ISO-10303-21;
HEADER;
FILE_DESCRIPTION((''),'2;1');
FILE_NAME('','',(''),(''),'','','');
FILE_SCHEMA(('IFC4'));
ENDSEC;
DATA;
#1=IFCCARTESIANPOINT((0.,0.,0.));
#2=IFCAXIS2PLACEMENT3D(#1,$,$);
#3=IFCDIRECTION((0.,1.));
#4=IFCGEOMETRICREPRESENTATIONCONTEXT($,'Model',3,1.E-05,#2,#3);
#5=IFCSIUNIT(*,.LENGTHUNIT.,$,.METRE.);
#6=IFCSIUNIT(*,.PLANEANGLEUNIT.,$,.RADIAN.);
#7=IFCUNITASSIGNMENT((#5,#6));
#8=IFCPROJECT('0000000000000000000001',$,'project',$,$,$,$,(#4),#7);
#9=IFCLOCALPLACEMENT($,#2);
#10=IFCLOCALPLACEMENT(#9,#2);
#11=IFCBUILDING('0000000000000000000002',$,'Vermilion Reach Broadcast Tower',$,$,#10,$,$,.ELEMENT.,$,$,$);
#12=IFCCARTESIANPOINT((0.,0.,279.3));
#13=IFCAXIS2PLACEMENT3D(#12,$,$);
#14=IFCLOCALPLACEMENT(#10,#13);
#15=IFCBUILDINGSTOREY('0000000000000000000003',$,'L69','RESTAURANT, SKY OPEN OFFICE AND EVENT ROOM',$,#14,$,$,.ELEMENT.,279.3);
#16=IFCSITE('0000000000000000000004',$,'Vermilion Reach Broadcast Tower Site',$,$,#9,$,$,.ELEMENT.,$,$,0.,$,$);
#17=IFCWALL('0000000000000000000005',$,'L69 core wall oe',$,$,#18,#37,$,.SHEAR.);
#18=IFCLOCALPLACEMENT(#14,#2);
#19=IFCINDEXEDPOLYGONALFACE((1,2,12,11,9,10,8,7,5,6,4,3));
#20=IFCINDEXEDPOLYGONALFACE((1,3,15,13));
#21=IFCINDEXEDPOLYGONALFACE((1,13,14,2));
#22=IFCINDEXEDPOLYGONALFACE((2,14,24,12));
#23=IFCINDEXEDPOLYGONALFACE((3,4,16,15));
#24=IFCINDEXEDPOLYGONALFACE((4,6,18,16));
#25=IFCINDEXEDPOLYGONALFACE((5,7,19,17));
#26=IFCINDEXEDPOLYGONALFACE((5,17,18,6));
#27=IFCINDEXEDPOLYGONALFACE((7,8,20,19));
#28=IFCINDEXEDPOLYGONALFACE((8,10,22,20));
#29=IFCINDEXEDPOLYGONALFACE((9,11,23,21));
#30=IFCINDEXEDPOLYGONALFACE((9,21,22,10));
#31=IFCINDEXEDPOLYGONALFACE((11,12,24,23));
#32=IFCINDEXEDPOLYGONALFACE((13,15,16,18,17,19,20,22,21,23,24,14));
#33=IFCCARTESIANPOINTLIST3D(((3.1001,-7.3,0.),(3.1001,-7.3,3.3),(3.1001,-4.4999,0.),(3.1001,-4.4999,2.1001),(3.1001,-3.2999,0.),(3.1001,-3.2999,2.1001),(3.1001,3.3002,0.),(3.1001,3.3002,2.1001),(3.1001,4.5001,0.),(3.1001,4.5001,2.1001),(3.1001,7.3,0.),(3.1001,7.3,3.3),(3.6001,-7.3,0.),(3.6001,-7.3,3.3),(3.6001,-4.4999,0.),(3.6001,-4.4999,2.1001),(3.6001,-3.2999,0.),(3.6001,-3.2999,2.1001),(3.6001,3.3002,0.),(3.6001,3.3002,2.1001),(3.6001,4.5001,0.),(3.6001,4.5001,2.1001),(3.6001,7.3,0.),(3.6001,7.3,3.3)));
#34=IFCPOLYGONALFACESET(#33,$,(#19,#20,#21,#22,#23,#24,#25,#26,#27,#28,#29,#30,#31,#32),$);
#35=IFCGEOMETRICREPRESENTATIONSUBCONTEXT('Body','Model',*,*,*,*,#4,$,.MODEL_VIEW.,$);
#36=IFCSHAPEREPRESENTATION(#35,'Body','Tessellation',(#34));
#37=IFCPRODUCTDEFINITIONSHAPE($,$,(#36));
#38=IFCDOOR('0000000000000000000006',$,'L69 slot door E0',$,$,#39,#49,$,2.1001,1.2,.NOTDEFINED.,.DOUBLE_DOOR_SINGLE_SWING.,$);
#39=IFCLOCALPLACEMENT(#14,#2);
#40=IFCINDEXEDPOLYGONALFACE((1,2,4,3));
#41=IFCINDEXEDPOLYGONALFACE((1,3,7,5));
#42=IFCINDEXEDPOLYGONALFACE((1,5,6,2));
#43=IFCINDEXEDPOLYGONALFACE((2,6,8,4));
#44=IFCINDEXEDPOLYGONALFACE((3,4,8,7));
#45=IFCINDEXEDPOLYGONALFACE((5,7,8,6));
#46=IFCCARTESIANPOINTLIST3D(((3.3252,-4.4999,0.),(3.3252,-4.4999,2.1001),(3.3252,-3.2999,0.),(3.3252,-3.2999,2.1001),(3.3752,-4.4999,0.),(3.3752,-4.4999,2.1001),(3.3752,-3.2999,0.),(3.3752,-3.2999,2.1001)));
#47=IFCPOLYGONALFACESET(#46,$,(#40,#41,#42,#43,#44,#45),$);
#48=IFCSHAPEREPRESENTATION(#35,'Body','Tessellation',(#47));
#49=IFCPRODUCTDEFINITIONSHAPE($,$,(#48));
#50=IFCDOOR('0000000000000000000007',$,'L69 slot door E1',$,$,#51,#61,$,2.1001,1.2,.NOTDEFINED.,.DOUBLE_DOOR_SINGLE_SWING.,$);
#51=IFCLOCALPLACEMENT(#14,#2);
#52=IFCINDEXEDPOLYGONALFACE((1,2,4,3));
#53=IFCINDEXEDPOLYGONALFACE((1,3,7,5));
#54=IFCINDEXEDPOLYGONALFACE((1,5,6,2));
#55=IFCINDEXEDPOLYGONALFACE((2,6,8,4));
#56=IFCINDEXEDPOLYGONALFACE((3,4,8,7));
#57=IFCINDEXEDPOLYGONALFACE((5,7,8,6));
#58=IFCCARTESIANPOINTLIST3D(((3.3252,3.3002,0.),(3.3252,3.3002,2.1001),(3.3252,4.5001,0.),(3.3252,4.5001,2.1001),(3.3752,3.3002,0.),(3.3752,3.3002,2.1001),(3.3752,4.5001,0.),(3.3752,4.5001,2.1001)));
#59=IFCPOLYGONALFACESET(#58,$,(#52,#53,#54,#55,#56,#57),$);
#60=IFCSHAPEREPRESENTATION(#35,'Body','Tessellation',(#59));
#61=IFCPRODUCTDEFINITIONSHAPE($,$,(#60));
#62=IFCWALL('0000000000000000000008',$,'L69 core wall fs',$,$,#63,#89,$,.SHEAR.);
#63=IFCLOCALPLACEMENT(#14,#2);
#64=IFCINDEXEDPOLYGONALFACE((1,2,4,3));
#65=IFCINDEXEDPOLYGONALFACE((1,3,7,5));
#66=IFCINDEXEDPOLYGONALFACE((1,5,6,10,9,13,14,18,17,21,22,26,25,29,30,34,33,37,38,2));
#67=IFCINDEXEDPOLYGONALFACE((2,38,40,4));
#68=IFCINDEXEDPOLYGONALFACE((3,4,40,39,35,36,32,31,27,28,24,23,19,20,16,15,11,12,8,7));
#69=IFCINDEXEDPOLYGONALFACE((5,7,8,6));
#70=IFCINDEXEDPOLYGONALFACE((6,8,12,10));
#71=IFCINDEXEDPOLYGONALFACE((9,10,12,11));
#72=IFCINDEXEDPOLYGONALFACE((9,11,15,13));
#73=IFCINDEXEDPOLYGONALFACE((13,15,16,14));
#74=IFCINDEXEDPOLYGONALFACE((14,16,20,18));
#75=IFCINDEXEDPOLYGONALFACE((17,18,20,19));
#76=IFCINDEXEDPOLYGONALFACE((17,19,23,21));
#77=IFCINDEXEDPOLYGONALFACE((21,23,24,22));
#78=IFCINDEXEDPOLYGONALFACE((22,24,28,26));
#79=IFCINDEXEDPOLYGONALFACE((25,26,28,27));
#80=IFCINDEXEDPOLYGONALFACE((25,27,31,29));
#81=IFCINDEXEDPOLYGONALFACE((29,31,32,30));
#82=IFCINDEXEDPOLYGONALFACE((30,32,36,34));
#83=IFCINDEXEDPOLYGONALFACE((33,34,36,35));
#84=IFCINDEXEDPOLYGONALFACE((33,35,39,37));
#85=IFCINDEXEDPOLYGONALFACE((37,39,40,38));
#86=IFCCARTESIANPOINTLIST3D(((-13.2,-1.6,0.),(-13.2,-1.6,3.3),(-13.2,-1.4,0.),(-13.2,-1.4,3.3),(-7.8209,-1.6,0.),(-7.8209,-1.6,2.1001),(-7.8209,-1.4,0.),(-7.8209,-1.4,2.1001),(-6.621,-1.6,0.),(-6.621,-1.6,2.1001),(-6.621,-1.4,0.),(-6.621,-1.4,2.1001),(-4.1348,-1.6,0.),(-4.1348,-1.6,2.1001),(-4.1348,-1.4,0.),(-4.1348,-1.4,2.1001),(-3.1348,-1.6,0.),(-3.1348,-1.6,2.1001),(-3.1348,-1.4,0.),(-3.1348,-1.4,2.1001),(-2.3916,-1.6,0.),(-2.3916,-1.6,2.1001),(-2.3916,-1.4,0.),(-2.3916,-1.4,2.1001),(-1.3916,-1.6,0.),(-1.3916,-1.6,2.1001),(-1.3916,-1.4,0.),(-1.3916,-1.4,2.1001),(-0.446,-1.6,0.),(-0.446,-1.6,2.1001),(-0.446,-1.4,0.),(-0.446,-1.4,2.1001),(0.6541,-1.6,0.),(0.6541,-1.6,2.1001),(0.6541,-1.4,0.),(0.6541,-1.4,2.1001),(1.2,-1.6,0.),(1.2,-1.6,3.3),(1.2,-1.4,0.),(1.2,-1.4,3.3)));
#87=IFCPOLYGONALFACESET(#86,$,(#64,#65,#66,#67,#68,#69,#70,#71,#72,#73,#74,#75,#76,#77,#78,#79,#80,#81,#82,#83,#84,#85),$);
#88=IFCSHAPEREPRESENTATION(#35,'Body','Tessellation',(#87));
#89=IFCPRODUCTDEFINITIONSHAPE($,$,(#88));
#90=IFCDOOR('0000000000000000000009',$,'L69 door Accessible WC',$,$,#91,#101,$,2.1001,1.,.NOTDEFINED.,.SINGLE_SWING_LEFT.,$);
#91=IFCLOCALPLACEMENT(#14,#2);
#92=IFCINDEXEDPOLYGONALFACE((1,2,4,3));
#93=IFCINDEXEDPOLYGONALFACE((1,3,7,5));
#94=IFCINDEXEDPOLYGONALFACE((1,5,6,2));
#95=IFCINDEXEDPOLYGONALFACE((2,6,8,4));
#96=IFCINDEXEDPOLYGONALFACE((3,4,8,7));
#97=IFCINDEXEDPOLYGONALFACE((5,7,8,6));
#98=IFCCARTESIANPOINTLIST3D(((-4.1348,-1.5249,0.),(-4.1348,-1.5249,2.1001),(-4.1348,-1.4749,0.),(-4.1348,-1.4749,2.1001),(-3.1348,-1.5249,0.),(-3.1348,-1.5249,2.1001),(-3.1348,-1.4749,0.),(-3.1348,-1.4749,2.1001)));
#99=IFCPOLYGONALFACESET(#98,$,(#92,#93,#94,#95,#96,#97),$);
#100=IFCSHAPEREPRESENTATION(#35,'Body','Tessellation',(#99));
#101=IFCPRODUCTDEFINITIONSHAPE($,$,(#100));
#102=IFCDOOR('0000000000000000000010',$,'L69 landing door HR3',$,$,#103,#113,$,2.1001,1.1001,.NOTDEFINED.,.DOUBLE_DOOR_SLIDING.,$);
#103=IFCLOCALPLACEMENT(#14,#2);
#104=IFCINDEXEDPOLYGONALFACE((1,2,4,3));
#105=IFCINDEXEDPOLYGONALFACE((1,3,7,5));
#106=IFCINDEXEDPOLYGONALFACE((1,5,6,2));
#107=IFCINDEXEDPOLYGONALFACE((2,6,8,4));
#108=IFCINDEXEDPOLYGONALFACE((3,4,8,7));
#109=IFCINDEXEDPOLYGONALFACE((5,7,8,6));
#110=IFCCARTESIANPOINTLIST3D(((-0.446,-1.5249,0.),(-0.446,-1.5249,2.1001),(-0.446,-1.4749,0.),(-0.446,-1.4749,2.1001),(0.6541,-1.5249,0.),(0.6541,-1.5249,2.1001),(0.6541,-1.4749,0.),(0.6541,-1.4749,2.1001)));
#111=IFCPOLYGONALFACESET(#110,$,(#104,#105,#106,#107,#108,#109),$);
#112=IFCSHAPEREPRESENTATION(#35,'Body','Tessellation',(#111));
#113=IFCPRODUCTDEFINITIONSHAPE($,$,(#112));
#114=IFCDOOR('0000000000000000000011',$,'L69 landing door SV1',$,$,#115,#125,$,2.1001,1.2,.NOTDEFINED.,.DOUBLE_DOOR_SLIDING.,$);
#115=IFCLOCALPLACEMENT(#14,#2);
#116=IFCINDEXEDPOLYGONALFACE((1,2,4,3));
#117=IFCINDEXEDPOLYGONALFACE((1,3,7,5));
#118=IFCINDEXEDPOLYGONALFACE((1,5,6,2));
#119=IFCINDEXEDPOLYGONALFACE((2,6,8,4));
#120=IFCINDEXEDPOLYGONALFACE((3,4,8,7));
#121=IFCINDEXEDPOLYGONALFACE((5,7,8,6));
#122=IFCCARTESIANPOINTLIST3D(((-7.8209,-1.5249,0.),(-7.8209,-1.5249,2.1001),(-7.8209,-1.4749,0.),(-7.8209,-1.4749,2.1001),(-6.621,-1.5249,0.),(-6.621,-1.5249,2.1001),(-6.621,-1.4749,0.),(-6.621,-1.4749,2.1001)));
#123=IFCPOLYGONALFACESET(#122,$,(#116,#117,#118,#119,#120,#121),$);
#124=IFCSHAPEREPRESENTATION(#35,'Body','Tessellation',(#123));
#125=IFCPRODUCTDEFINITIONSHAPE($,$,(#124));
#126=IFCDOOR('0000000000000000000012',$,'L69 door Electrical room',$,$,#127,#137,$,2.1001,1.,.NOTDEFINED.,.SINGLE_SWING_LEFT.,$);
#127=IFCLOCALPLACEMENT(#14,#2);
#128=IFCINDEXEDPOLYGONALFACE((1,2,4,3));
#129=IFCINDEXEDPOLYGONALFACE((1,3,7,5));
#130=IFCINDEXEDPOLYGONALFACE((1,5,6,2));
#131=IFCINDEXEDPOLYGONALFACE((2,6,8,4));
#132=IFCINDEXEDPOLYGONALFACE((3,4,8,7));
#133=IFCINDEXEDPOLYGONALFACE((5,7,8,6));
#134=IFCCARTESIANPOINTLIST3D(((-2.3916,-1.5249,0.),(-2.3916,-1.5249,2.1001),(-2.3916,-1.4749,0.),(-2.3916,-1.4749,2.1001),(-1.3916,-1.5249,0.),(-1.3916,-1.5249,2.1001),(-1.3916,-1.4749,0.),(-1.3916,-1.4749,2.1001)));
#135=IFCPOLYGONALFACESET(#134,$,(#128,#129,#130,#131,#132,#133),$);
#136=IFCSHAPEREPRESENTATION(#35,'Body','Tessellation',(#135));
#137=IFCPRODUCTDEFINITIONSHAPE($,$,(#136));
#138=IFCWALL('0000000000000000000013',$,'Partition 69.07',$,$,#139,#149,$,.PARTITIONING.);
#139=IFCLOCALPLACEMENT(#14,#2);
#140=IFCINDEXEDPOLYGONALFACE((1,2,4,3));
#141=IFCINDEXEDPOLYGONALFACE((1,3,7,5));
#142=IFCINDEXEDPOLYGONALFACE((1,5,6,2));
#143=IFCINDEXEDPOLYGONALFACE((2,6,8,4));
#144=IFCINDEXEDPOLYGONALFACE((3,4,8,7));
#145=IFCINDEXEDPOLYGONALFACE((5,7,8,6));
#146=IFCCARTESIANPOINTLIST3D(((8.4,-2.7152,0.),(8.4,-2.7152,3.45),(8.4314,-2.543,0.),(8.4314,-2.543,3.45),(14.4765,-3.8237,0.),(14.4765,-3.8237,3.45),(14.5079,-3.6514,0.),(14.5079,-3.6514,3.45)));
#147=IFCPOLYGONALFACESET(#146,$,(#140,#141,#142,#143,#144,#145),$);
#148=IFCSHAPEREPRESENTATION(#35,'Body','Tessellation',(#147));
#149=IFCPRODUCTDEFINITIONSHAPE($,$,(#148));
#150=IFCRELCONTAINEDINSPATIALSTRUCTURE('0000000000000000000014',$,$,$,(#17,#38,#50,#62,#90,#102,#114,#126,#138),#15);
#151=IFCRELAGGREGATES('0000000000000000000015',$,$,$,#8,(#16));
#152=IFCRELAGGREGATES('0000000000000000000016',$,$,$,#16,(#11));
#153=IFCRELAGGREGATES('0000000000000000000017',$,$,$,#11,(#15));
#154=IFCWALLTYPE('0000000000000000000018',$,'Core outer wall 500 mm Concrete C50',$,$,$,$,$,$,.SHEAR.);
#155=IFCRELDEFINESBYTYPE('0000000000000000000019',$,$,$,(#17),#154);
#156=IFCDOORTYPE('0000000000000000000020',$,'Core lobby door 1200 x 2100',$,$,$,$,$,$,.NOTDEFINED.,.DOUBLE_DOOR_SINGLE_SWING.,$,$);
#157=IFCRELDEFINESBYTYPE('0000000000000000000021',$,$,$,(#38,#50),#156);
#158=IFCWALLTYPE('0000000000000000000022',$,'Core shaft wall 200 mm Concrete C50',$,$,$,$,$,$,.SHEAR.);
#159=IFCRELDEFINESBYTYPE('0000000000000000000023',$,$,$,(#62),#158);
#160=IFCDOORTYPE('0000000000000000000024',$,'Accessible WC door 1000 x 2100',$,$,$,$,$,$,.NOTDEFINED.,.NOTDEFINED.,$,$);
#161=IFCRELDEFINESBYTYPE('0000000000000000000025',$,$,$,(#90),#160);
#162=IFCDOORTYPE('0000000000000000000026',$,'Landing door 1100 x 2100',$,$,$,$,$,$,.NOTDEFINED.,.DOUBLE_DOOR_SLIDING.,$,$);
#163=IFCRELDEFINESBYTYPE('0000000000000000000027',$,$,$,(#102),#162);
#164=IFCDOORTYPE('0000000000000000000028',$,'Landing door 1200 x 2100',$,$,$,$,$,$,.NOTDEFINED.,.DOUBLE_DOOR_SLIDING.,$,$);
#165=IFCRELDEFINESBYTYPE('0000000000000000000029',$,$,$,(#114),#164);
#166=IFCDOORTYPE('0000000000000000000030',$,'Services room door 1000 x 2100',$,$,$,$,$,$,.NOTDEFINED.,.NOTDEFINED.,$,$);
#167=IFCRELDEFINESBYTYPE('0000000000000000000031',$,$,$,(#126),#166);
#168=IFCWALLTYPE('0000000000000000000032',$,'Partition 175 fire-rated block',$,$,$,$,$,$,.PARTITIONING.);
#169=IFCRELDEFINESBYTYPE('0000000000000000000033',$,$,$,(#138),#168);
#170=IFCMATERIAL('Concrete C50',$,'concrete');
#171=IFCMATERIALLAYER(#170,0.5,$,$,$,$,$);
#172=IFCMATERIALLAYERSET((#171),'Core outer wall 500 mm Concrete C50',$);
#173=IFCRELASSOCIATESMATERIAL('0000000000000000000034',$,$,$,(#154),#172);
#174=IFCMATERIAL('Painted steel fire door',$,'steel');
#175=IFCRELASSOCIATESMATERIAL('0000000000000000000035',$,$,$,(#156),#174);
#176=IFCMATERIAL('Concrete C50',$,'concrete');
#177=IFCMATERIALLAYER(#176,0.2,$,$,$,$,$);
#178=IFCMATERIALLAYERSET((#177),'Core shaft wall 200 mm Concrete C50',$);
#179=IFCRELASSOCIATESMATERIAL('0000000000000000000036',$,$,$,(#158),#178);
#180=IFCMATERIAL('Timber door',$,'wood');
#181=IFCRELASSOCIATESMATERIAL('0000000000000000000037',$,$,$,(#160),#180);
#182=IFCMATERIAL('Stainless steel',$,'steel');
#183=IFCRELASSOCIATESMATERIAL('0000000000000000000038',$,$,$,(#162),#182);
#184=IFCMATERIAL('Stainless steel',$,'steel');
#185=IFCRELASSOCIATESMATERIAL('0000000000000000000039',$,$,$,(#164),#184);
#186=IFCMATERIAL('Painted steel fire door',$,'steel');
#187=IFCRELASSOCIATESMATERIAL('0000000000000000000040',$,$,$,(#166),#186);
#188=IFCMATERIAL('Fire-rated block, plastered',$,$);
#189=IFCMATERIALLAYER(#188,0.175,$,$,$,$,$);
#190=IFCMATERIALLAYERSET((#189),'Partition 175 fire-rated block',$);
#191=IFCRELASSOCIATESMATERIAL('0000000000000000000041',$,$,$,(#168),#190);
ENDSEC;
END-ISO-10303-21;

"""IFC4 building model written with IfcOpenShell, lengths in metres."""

from ifc_helpers import new_model, si_unit, direction, frame, frame_2d, origin, place, context, subcontext, project, spatial, rectangle, extrude, material, layer, layer_set, type_object, element, fill, save


model = new_model("IFC4")

# Units and contexts
model_context = context("Model", 3, precision=1e-05, world=origin(), true_north=direction((0.0, 1.0)))
body_context = subcontext(model_context, "Body", "Model", "MODEL_VIEW")
ifc_project = project(units=[si_unit("LENGTHUNIT", "METRE"), si_unit("PLANEANGLEUNIT", "RADIAN")], contexts=[model_context])

# Site, building, storey
site_placement = place(None, origin())
site = spatial("IfcSite", under=ifc_project, at=site_placement, Name="Vermilion Reach Broadcast Tower Site", CompositionType="ELEMENT", RefElevation=0.0)
building_placement = place(site_placement, origin())
building = spatial("IfcBuilding", under=site, at=building_placement, Name="Vermilion Reach Broadcast Tower", CompositionType="ELEMENT")
storey_placement = place(building_placement, frame((0.0, 0.0, 279.3)))
storey = spatial("IfcBuildingStorey", under=building, at=storey_placement, Name="L69", Description="RESTAURANT, SKY OPEN OFFICE AND EVENT ROOM", CompositionType="ELEMENT", Elevation=279.3)

# Walls, openings, doors
ifc_material_1 = material(Name="Concrete C50", Category="concrete")
ifc_layer_1 = layer(ifc_material_1, 0.5)
ifc_layer_set_1 = layer_set([ifc_layer_1], Name="Core outer wall 500 mm Concrete C50")
wall_type_1 = type_object("IfcWallType", Name="Core outer wall 500 mm Concrete C50", PredefinedType="SHEAR", material=ifc_layer_set_1)
wall_1_placement = place(storey_placement, frame((3.3501, -7.3, 0.0), z_axis=(0.0, 0.0, 1.0), x_axis=(0.0, 1.0, 0.0)))
wall_1 = element("IfcWall", 1, at=wall_1_placement, inside=storey, type_object=wall_type_1, Name="L69 core wall oe", PredefinedType="SHEAR", context=body_context, shape_type="SweptSolid", body=[
    extrude(rectangle(XDim=14.6001, YDim=0.5, at=frame_2d((7.3, 0.0))), origin(), (0.0, 0.0, 1.0), 3.3),
])
opening_1_placement = place(wall_1_placement, frame((2.8, 0.0, 0.0)))
opening_1 = element("IfcOpeningElement", 2, at=opening_1_placement, cuts=wall_1, PredefinedType="OPENING", context=body_context, shape_type="SweptSolid", body=[
    extrude(rectangle(XDim=1.2, YDim=2.1001, at=frame_2d((0.6001, 1.05))), frame((0.0, 0.26, 0.0), z_axis=(0.0, -1.0, 0.0), x_axis=(1.0, 0.0, 0.0)), (0.0, 0.0, 1.0), 0.52),
])
opening_2_placement = place(wall_1_placement, frame((10.6001, 0.0, 0.0)))
opening_2 = element("IfcOpeningElement", 3, at=opening_2_placement, cuts=wall_1, PredefinedType="OPENING", context=body_context, shape_type="SweptSolid", body=[
    extrude(rectangle(XDim=1.2, YDim=2.1001, at=frame_2d((0.6001, 1.05))), frame((0.0, 0.26, 0.0), z_axis=(0.0, -1.0, 0.0), x_axis=(1.0, 0.0, 0.0)), (0.0, 0.0, 1.0), 0.52),
])
ifc_material_2 = material(Name="Painted steel fire door", Category="steel")
door_type_1 = type_object("IfcDoorType", Name="Core lobby door 1200 x 2100", OperationType="DOUBLE_DOOR_SINGLE_SWING", PredefinedType="NOTDEFINED", material=ifc_material_2)
door_1_placement = place(opening_1_placement, origin())
door_1 = element("IfcDoor", 4, at=door_1_placement, inside=storey, type_object=door_type_1, Name="L69 slot door E0", OperationType="DOUBLE_DOOR_SINGLE_SWING", OverallHeight=2.1001, OverallWidth=1.2, PredefinedType="NOTDEFINED", context=body_context, shape_type="SweptSolid", body=[
    extrude(rectangle(XDim=1.2, YDim=2.1001, at=frame_2d((0.6001, 1.05))), frame((0.0, 0.0249, 0.0), z_axis=(0.0, -1.0, 0.0), x_axis=(1.0, 0.0, 0.0)), (0.0, 0.0, 1.0), 0.05),
])
fill(opening_1, door_1)
door_2_placement = place(opening_2_placement, origin())
door_2 = element("IfcDoor", 5, at=door_2_placement, inside=storey, type_object=door_type_1, Name="L69 slot door E1", OperationType="DOUBLE_DOOR_SINGLE_SWING", OverallHeight=2.1001, OverallWidth=1.2, PredefinedType="NOTDEFINED", context=body_context, shape_type="SweptSolid", body=[
    extrude(rectangle(XDim=1.2, YDim=2.1001, at=frame_2d((0.6001, 1.05))), frame((0.0, 0.0249, 0.0), z_axis=(0.0, -1.0, 0.0), x_axis=(1.0, 0.0, 0.0)), (0.0, 0.0, 1.0), 0.05),
])
fill(opening_2, door_2)
ifc_material_3 = material(Name="Concrete C50", Category="concrete")
ifc_layer_2 = layer(ifc_material_3, 0.2)
ifc_layer_set_2 = layer_set([ifc_layer_2], Name="Core shaft wall 200 mm Concrete C50")
wall_type_2 = type_object("IfcWallType", Name="Core shaft wall 200 mm Concrete C50", PredefinedType="SHEAR", material=ifc_layer_set_2)
wall_2_placement = place(storey_placement, frame((1.2, -1.5, 0.0), z_axis=(0.0, 0.0, 1.0), x_axis=(-1.0, 0.0, 0.0)))
wall_2 = element("IfcWall", 6, at=wall_2_placement, inside=storey, type_object=wall_type_2, Name="L69 core wall fs", PredefinedType="SHEAR", context=body_context, shape_type="SweptSolid", body=[
    extrude(rectangle(XDim=14.3999, YDim=0.2, at=frame_2d((7.2, 0.0))), origin(), (0.0, 0.0, 1.0), 3.3),
])
opening_3_placement = place(wall_2_placement, frame((7.8208, 0.0, 0.0)))
opening_3 = element("IfcOpeningElement", 7, at=opening_3_placement, cuts=wall_2, PredefinedType="OPENING", context=body_context, shape_type="SweptSolid", body=[
    extrude(rectangle(XDim=1.2, YDim=2.1001, at=frame_2d((0.6001, 1.05))), frame((0.0, 0.1099, 0.0), z_axis=(0.0, -1.0, 0.0), x_axis=(1.0, 0.0, 0.0)), (0.0, 0.0, 1.0), 0.22),
])
opening_4_placement = place(wall_2_placement, frame((0.5459, 0.0, 0.0)))
opening_4 = element("IfcOpeningElement", 8, at=opening_4_placement, cuts=wall_2, PredefinedType="OPENING", context=body_context, shape_type="SweptSolid", body=[
    extrude(rectangle(XDim=1.1001, YDim=2.1001, at=frame_2d((0.55, 1.05))), frame((0.0, 0.1099, 0.0), z_axis=(0.0, -1.0, 0.0), x_axis=(1.0, 0.0, 0.0)), (0.0, 0.0, 1.0), 0.22),
])
opening_5_placement = place(wall_2_placement, frame((4.3347, 0.0, 0.0)))
opening_5 = element("IfcOpeningElement", 9, at=opening_5_placement, cuts=wall_2, PredefinedType="OPENING", context=body_context, shape_type="SweptSolid", body=[
    extrude(rectangle(XDim=1.0, YDim=2.1001, at=frame_2d((0.5, 1.05))), frame((0.0, 0.1099, 0.0), z_axis=(0.0, -1.0, 0.0), x_axis=(1.0, 0.0, 0.0)), (0.0, 0.0, 1.0), 0.22),
])
opening_6_placement = place(wall_2_placement, frame((2.5916, 0.0, 0.0)))
opening_6 = element("IfcOpeningElement", 10, at=opening_6_placement, cuts=wall_2, PredefinedType="OPENING", context=body_context, shape_type="SweptSolid", body=[
    extrude(rectangle(XDim=1.0, YDim=2.1001, at=frame_2d((0.5, 1.05))), frame((0.0, 0.1099, 0.0), z_axis=(0.0, -1.0, 0.0), x_axis=(1.0, 0.0, 0.0)), (0.0, 0.0, 1.0), 0.22),
])
ifc_material_4 = material(Name="Timber door", Category="wood")
door_type_2 = type_object("IfcDoorType", Name="Accessible WC door 1000 x 2100", OperationType="NOTDEFINED", PredefinedType="NOTDEFINED", material=ifc_material_4)
door_3_placement = place(opening_5_placement, origin())
door_3 = element("IfcDoor", 11, at=door_3_placement, inside=storey, type_object=door_type_2, Name="L69 door Accessible WC", OperationType="SINGLE_SWING_LEFT", OverallHeight=2.1001, OverallWidth=1.0, PredefinedType="NOTDEFINED", context=body_context, shape_type="SweptSolid", body=[
    extrude(rectangle(XDim=1.0, YDim=2.1001, at=frame_2d((0.5, 1.05))), frame((0.0, 0.0249, 0.0), z_axis=(0.0, -1.0, 0.0), x_axis=(1.0, 0.0, 0.0)), (0.0, 0.0, 1.0), 0.05),
])
fill(opening_5, door_3)
ifc_material_5 = material(Name="Stainless steel", Category="steel")
door_type_3 = type_object("IfcDoorType", Name="Landing door 1100 x 2100", OperationType="DOUBLE_DOOR_SLIDING", PredefinedType="NOTDEFINED", material=ifc_material_5)
door_4_placement = place(opening_4_placement, origin())
door_4 = element("IfcDoor", 12, at=door_4_placement, inside=storey, type_object=door_type_3, Name="L69 landing door HR3", OperationType="DOUBLE_DOOR_SLIDING", OverallHeight=2.1001, OverallWidth=1.1001, PredefinedType="NOTDEFINED", context=body_context, shape_type="SweptSolid", body=[
    extrude(rectangle(XDim=1.1001, YDim=2.1001, at=frame_2d((0.55, 1.05))), frame((0.0, 0.0249, 0.0), z_axis=(0.0, -1.0, 0.0), x_axis=(1.0, 0.0, 0.0)), (0.0, 0.0, 1.0), 0.05),
])
fill(opening_4, door_4)
ifc_material_6 = material(Name="Stainless steel", Category="steel")
door_type_4 = type_object("IfcDoorType", Name="Landing door 1200 x 2100", OperationType="DOUBLE_DOOR_SLIDING", PredefinedType="NOTDEFINED", material=ifc_material_6)
door_5_placement = place(opening_3_placement, origin())
door_5 = element("IfcDoor", 13, at=door_5_placement, inside=storey, type_object=door_type_4, Name="L69 landing door SV1", OperationType="DOUBLE_DOOR_SLIDING", OverallHeight=2.1001, OverallWidth=1.2, PredefinedType="NOTDEFINED", context=body_context, shape_type="SweptSolid", body=[
    extrude(rectangle(XDim=1.2, YDim=2.1001, at=frame_2d((0.6001, 1.05))), frame((0.0, 0.0249, 0.0), z_axis=(0.0, -1.0, 0.0), x_axis=(1.0, 0.0, 0.0)), (0.0, 0.0, 1.0), 0.05),
])
fill(opening_3, door_5)
ifc_material_7 = material(Name="Painted steel fire door", Category="steel")
door_type_5 = type_object("IfcDoorType", Name="Services room door 1000 x 2100", OperationType="NOTDEFINED", PredefinedType="NOTDEFINED", material=ifc_material_7)
door_6_placement = place(opening_6_placement, origin())
door_6 = element("IfcDoor", 14, at=door_6_placement, inside=storey, type_object=door_type_5, Name="L69 door Electrical room", OperationType="SINGLE_SWING_LEFT", OverallHeight=2.1001, OverallWidth=1.0, PredefinedType="NOTDEFINED", context=body_context, shape_type="SweptSolid", body=[
    extrude(rectangle(XDim=1.0, YDim=2.1001, at=frame_2d((0.5, 1.05))), frame((0.0, 0.0249, 0.0), z_axis=(0.0, -1.0, 0.0), x_axis=(1.0, 0.0, 0.0)), (0.0, 0.0, 1.0), 0.05),
])
fill(opening_6, door_6)

# Wall
ifc_material_8 = material(Name="Fire-rated block, plastered")
ifc_layer_3 = layer(ifc_material_8, 0.175)
ifc_layer_set_3 = layer_set([ifc_layer_3], Name="Partition 175 fire-rated block")
wall_type_3 = type_object("IfcWallType", Name="Partition 175 fire-rated block", PredefinedType="PARTITIONING", material=ifc_layer_set_3)
wall_3_placement = place(storey_placement, frame((14.4922, -3.7375, 0.0), z_axis=(0.0, 0.0, 1.0), x_axis=(-0.983767, 0.179449, 0.0)))
element("IfcWall", 15, at=wall_3_placement, inside=storey, type_object=wall_type_3, Name="Partition 69.07", PredefinedType="PARTITIONING", context=body_context, shape_type="SweptSolid", body=[
    extrude(rectangle(XDim=6.1768, YDim=0.175, at=frame_2d((3.0884, 0.0))), origin(), (0.0, 0.0, 1.0), 3.45),
])

save(model, "model.ifc")
